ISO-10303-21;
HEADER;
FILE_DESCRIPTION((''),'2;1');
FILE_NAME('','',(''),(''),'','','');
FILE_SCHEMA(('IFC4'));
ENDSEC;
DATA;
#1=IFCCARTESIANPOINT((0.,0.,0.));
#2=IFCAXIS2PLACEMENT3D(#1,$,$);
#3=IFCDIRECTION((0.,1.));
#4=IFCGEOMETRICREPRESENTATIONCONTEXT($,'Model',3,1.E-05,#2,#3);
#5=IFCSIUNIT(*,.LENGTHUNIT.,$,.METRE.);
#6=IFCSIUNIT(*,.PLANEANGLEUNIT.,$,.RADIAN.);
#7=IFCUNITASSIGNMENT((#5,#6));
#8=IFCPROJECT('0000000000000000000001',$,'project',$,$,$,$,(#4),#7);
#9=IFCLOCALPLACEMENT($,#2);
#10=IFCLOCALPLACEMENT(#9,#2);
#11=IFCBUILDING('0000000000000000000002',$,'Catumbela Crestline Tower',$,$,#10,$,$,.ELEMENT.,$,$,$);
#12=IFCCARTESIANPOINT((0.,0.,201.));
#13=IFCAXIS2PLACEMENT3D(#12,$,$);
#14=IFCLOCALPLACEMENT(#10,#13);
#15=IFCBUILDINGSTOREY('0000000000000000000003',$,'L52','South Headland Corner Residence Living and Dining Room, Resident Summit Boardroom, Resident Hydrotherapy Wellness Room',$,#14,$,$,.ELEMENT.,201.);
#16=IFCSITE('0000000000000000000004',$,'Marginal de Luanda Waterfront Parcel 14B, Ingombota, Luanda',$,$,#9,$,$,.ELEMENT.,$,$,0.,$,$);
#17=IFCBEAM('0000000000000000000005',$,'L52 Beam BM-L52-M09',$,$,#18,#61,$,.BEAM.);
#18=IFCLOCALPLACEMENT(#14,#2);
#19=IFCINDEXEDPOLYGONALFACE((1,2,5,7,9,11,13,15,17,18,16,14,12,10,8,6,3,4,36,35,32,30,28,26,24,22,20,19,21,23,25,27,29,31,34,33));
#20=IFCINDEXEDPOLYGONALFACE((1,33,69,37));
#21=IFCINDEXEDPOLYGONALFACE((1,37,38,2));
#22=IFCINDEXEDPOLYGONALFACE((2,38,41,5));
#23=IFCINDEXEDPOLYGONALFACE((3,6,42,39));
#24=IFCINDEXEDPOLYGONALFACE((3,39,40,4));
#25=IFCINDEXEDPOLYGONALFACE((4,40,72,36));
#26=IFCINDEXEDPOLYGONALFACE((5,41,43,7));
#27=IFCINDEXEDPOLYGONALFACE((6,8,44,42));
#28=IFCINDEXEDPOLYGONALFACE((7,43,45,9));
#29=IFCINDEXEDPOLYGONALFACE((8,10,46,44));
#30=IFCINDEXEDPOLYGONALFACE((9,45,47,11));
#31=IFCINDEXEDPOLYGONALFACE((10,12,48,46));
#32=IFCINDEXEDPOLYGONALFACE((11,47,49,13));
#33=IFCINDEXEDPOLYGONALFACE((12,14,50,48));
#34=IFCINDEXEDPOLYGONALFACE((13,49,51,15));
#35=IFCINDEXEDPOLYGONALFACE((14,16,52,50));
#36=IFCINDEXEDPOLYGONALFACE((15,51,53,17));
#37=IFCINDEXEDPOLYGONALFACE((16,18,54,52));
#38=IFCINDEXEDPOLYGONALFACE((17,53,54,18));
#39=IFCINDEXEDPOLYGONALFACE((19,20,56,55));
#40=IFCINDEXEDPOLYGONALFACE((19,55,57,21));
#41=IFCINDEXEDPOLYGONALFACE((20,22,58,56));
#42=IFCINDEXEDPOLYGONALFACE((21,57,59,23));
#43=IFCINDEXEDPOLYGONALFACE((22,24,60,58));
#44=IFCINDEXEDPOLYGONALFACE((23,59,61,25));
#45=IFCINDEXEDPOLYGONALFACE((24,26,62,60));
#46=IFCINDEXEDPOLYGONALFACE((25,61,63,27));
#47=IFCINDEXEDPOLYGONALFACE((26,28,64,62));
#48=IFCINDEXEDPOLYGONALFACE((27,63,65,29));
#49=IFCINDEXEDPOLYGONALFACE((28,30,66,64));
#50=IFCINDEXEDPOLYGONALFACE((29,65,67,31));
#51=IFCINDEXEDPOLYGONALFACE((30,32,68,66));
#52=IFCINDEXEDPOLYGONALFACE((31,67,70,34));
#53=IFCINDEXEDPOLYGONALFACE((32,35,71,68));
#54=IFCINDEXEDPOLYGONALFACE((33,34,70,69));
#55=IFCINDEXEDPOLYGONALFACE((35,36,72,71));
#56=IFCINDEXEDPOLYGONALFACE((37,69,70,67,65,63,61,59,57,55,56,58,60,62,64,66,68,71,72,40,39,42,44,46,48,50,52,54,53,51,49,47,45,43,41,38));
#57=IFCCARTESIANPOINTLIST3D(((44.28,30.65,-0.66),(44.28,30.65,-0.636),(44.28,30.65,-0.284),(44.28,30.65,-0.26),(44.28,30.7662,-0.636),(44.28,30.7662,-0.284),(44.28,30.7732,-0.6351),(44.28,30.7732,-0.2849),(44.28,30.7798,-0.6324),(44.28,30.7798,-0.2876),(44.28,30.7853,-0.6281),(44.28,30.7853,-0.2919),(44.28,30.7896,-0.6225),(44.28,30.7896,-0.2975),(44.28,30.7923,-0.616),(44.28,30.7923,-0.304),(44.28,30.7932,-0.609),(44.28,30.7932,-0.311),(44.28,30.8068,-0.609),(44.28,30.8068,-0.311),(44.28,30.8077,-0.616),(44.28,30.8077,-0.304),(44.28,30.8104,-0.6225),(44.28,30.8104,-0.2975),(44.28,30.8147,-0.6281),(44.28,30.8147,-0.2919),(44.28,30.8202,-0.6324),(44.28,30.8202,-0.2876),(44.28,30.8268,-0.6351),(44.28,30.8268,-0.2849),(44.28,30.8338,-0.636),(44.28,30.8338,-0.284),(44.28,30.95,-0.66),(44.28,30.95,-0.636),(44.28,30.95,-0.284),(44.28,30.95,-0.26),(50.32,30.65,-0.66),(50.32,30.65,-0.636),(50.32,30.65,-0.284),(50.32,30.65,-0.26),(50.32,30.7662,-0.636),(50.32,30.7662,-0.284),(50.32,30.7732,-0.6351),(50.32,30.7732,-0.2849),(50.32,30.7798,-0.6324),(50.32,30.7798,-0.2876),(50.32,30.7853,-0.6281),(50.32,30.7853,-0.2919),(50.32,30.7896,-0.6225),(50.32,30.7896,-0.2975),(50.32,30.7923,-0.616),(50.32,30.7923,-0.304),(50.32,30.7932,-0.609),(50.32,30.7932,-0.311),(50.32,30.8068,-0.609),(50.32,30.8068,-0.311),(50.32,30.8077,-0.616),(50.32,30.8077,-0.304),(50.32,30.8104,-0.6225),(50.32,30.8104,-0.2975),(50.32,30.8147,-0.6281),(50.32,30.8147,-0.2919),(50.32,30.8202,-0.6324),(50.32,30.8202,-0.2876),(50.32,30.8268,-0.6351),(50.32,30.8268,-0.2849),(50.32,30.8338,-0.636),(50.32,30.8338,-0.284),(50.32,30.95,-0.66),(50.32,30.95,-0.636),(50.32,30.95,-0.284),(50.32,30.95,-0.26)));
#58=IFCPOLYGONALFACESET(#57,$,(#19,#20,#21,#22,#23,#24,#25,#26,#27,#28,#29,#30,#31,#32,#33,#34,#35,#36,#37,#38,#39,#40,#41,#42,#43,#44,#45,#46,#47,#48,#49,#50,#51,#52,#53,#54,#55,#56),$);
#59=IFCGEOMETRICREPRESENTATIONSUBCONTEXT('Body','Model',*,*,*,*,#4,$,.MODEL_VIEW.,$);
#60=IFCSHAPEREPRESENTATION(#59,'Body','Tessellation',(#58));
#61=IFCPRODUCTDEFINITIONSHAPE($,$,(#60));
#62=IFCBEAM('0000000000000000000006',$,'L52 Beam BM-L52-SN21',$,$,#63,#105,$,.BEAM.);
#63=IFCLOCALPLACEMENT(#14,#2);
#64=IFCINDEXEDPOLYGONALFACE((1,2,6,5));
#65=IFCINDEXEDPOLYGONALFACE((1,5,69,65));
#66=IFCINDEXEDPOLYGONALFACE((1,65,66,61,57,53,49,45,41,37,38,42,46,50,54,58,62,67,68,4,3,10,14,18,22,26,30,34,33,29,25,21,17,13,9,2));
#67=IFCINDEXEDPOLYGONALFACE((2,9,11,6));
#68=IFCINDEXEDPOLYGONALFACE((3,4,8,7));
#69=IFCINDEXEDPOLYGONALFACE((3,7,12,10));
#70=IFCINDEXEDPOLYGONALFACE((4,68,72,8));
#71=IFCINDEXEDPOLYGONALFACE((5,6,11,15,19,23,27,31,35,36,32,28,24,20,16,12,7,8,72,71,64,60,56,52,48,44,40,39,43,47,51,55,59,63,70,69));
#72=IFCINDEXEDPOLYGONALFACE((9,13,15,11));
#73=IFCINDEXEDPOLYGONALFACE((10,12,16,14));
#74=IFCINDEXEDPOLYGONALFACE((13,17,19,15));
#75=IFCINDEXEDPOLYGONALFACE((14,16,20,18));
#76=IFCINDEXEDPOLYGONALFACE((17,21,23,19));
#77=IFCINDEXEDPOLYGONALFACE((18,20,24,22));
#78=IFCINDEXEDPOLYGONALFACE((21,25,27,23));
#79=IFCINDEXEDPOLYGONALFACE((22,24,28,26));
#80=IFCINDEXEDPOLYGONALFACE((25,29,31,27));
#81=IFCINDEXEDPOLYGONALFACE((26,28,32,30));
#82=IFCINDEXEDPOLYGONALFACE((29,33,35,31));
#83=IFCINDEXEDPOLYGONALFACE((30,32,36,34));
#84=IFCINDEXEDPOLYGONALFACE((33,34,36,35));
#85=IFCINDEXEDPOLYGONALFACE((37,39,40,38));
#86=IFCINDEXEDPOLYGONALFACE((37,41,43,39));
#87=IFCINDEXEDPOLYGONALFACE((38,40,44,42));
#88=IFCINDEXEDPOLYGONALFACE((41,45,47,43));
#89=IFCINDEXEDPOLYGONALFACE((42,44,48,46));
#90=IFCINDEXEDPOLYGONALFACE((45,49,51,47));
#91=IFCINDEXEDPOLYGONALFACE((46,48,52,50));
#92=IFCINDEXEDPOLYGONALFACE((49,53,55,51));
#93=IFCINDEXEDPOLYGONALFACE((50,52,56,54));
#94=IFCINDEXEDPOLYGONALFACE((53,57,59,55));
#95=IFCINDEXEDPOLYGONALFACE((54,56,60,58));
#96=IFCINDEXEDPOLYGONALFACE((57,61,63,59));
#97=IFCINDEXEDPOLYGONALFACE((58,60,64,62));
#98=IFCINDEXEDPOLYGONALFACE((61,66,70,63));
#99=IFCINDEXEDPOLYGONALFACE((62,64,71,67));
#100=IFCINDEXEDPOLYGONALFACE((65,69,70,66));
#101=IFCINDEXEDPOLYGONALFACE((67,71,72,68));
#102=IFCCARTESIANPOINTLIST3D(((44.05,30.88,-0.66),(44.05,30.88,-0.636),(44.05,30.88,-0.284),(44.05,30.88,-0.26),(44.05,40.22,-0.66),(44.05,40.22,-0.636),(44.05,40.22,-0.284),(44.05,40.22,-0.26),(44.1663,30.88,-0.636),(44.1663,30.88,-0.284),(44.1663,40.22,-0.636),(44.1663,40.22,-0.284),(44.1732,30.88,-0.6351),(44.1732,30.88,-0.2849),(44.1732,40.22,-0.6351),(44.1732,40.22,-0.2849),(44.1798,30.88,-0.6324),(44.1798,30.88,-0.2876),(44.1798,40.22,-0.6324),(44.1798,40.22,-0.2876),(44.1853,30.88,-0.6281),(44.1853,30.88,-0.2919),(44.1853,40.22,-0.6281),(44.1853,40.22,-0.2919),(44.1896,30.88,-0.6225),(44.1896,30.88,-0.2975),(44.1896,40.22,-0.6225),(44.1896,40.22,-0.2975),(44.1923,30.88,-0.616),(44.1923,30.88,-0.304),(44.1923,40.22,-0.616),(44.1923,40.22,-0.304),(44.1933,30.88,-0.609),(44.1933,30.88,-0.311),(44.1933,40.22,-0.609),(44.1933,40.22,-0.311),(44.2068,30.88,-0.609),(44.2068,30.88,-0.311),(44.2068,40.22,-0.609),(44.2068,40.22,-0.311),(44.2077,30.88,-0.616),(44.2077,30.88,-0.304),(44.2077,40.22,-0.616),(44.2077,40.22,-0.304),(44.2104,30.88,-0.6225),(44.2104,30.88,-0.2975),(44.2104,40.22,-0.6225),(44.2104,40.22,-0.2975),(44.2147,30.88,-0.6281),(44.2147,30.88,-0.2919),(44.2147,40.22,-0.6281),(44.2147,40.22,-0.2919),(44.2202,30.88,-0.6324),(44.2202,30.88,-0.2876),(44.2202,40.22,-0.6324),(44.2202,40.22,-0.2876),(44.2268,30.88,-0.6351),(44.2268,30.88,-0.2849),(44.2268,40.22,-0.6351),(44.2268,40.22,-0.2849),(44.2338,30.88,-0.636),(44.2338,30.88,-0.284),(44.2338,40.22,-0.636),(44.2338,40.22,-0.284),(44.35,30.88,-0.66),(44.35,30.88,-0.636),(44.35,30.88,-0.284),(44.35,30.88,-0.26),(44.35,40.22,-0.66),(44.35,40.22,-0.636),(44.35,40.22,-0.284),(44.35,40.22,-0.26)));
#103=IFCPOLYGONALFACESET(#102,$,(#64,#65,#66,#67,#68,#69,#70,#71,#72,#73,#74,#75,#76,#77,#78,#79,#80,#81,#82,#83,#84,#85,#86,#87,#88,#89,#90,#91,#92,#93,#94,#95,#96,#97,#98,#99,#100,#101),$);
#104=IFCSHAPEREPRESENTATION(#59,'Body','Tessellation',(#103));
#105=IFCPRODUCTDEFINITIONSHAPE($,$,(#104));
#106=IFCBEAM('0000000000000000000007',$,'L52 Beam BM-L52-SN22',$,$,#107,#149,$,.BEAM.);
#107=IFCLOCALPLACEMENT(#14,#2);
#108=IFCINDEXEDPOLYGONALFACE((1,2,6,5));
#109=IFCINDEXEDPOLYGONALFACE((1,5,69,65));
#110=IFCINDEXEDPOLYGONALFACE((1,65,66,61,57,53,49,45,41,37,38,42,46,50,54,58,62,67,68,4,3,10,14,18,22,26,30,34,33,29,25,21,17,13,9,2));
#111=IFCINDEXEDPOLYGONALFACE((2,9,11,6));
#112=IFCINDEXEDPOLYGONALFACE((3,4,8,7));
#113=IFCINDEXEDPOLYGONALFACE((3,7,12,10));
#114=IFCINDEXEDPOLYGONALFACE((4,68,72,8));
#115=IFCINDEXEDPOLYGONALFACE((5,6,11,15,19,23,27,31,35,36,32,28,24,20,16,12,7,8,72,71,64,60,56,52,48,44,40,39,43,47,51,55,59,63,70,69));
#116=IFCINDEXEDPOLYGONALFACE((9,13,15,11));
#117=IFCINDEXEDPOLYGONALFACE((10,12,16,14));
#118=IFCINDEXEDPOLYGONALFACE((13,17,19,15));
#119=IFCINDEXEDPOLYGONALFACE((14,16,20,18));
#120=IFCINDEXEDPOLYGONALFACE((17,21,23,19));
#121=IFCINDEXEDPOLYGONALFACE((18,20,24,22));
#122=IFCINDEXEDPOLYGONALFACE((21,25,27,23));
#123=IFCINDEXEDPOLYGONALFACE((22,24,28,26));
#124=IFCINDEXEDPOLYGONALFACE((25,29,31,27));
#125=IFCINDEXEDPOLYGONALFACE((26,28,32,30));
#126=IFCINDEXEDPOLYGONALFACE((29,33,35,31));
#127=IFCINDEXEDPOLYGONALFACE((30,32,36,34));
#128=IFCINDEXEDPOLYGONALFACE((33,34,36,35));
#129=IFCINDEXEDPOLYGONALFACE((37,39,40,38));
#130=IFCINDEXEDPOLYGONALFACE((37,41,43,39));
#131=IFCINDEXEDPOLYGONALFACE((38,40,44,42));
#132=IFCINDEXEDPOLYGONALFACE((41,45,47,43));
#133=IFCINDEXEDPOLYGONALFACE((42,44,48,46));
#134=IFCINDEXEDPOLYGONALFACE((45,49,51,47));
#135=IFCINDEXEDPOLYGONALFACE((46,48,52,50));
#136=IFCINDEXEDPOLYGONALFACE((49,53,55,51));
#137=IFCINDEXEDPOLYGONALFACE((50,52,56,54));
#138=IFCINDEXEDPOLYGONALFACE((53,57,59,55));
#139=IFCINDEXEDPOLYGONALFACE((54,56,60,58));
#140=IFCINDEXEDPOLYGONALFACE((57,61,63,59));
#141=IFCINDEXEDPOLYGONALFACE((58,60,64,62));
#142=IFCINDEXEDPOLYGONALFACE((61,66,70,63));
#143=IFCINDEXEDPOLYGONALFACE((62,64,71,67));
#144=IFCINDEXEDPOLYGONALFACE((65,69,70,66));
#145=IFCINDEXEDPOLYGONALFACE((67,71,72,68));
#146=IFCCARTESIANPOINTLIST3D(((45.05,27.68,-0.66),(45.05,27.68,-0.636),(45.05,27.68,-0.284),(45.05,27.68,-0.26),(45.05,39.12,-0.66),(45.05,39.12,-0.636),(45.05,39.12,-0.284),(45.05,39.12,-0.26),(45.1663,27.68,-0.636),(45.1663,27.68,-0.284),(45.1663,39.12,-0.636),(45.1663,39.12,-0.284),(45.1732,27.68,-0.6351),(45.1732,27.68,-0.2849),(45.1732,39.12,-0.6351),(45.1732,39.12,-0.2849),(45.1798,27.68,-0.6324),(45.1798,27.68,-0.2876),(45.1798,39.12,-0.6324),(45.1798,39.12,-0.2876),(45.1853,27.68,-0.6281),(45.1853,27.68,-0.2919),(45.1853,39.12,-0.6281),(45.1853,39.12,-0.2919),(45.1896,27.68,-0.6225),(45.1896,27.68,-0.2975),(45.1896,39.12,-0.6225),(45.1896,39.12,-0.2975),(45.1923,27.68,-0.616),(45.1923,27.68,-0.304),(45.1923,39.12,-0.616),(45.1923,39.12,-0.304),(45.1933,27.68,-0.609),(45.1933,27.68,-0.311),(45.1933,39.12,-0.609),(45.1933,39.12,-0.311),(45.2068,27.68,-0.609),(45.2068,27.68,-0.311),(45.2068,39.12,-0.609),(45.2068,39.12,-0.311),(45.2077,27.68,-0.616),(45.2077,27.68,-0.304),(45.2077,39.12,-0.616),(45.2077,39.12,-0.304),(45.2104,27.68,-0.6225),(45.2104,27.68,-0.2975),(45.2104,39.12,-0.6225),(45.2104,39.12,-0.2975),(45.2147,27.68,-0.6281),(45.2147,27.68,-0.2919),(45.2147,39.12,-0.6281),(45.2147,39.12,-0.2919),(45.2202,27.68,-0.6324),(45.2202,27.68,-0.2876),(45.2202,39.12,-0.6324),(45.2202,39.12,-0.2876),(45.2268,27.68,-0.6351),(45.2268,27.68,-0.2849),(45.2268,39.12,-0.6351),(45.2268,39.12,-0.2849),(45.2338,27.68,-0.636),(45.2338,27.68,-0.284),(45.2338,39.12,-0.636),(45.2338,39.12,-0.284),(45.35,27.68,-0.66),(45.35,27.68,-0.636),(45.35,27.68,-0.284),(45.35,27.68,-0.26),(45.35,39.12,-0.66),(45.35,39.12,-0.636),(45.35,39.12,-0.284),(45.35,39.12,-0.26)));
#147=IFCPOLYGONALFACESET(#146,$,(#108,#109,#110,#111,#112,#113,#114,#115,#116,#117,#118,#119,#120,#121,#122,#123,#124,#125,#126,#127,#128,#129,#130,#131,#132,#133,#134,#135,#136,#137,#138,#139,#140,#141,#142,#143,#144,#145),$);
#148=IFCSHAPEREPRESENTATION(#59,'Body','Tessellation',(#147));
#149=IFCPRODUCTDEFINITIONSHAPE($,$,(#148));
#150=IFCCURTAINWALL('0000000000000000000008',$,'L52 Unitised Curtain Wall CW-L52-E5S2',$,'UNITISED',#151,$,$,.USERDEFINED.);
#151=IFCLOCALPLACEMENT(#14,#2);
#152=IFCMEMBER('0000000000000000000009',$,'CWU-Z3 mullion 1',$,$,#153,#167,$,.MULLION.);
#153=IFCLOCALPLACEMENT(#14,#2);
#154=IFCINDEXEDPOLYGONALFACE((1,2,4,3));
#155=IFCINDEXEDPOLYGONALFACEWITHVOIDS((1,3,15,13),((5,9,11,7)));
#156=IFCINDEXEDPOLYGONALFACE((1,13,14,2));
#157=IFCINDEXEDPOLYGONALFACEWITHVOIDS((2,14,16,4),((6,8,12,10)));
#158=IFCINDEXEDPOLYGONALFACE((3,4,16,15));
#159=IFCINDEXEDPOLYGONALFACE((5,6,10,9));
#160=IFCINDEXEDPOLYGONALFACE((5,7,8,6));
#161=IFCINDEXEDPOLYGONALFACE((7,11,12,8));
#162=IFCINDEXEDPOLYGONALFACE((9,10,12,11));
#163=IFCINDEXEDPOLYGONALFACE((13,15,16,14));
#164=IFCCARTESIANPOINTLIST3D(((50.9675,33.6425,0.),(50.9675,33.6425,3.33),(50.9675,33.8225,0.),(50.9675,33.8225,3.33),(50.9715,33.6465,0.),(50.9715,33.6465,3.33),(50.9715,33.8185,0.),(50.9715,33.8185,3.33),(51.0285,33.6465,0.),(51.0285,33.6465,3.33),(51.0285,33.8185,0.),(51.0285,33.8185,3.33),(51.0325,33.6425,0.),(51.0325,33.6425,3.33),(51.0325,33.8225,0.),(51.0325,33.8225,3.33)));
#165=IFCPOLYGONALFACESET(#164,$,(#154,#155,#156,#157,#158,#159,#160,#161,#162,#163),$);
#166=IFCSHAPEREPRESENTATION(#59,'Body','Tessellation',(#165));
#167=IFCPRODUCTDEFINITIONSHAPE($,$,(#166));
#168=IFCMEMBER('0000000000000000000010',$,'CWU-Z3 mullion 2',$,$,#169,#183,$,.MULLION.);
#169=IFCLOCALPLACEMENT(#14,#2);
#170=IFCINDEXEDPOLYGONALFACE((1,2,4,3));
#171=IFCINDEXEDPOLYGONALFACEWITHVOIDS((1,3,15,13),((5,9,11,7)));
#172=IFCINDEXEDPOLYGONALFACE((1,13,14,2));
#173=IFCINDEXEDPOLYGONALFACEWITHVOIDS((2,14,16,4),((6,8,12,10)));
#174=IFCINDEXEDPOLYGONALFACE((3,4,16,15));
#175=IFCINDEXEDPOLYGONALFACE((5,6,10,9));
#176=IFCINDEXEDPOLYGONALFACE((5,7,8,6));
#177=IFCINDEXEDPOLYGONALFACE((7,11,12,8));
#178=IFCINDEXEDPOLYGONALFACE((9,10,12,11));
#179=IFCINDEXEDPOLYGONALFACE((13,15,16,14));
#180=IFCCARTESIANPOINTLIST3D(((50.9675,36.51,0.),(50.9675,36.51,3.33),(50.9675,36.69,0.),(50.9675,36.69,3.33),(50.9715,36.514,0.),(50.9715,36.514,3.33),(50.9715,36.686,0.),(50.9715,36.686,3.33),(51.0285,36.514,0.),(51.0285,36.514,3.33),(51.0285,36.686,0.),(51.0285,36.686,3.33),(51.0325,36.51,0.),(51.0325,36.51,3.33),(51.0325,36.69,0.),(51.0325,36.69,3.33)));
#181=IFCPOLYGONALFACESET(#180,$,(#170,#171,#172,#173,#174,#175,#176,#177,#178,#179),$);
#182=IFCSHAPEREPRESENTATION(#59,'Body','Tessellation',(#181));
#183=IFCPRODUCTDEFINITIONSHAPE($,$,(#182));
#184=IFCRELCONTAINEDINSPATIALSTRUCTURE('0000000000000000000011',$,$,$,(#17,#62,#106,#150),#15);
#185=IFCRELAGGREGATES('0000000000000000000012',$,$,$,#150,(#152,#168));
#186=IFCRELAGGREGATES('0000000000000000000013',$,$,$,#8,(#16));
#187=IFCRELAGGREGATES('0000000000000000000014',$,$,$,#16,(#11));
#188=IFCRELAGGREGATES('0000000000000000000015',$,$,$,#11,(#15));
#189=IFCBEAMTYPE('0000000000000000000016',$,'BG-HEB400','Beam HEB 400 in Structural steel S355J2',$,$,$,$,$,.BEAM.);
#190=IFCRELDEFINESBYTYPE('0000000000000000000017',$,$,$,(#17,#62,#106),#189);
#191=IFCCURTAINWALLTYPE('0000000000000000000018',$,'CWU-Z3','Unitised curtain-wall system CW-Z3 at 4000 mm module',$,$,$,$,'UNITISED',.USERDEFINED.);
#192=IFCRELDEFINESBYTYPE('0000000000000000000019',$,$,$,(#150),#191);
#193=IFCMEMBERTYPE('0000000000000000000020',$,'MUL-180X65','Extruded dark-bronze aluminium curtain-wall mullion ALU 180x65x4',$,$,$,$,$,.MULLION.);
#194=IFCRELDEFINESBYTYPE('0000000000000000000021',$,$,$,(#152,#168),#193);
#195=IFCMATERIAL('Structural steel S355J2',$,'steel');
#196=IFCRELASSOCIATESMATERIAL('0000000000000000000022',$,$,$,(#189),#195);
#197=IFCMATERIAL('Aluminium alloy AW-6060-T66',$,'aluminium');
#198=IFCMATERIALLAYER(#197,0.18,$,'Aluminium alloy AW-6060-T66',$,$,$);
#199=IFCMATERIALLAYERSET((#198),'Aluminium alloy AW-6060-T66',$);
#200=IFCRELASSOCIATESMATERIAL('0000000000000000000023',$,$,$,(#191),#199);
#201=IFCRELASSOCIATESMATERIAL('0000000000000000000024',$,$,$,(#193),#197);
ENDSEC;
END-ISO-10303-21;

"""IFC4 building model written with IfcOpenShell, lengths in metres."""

from ifc_helpers import new_model, si_unit, direction, frame, origin, origin_2d, place, context, subcontext, project, spatial, hollow_rectangle, i_section, extrude, material, layer, layer_set, material_profile, profile_set, type_object, element, aggregate, save


model = new_model("IFC4")

# Units and contexts
model_context = context("Model", 3, precision=1e-05, world=origin(), true_north=direction((0.0, 1.0)))
body_context = subcontext(model_context, "Body", "Model", "MODEL_VIEW")
ifc_project = project(units=[si_unit("LENGTHUNIT", "METRE"), si_unit("PLANEANGLEUNIT", "RADIAN")], contexts=[model_context])

# Site, building, storey
site_placement = place(None, origin())
site = spatial("IfcSite", under=ifc_project, at=site_placement, Name="Marginal de Luanda Waterfront Parcel 14B, Ingombota, Luanda", CompositionType="ELEMENT", RefElevation=0.0)
building_placement = place(site_placement, origin())
building = spatial("IfcBuilding", under=site, at=building_placement, Name="Catumbela Crestline Tower", CompositionType="ELEMENT")
storey_placement = place(building_placement, frame((0.0, 0.0, 201.0)))
storey = spatial("IfcBuildingStorey", under=building, at=storey_placement, Name="L52", Description="South Headland Corner Residence Living and Dining Room, Resident Summit Boardroom, Resident Hydrotherapy Wellness Room", CompositionType="ELEMENT", Elevation=201.0)

# Shared definitions
ifc_material_1 = material(Name="Structural steel S355J2", Category="steel")

# Beams
ifc_material_profile_1 = material_profile(ifc_material_1, i_section(OverallWidth=0.3, OverallDepth=0.4, WebThickness=0.0135, FlangeThickness=0.024, FilletRadius=0.027, at=origin_2d()), Name="HEB 400")
ifc_profile_set_1 = profile_set([ifc_material_profile_1], Name="Structural steel S355J2")
beam_type_1 = type_object("IfcBeamType", Name="BG-HEB400", Description="Beam HEB 400 in Structural steel S355J2", PredefinedType="BEAM", material=ifc_profile_set_1)
beam_1_placement = place(storey_placement, frame((44.28, 30.8, -0.46), z_axis=(1.0, 0.0, 0.0), x_axis=(0.0, 1.0, 0.0)))
element("IfcBeam", 1, at=beam_1_placement, inside=storey, type_object=beam_type_1, Name="L52 Beam BM-L52-M09", PredefinedType="BEAM", context=body_context, shape_type="SweptSolid", body=[
    extrude(i_section(OverallWidth=0.3, OverallDepth=0.4, WebThickness=0.0135, FlangeThickness=0.024, FilletRadius=0.027, at=origin_2d()), origin(), (0.0, 0.0, 1.0), 6.04),
])
beam_2_placement = place(storey_placement, frame((44.2, 30.88, -0.46), z_axis=(0.0, 1.0, 0.0), x_axis=(-1.0, 0.0, 0.0)))
element("IfcBeam", 2, at=beam_2_placement, inside=storey, type_object=beam_type_1, Name="L52 Beam BM-L52-SN21", PredefinedType="BEAM", context=body_context, shape_type="SweptSolid", body=[
    extrude(i_section(OverallWidth=0.3, OverallDepth=0.4, WebThickness=0.0135, FlangeThickness=0.024, FilletRadius=0.027, at=origin_2d()), origin(), (0.0, 0.0, 1.0), 9.34),
])
beam_3_placement = place(storey_placement, frame((45.2, 27.68, -0.46), z_axis=(0.0, 1.0, 0.0), x_axis=(-1.0, 0.0, 0.0)))
element("IfcBeam", 3, at=beam_3_placement, inside=storey, type_object=beam_type_1, Name="L52 Beam BM-L52-SN22", PredefinedType="BEAM", context=body_context, shape_type="SweptSolid", body=[
    extrude(i_section(OverallWidth=0.3, OverallDepth=0.4, WebThickness=0.0135, FlangeThickness=0.024, FilletRadius=0.027, at=origin_2d()), origin(), (0.0, 0.0, 1.0), 11.44),
])

# Curtain wall, members
ifc_material_2 = material(Name="Aluminium alloy AW-6060-T66", Category="aluminium")
ifc_layer_1 = layer(ifc_material_2, 0.18, Name="Aluminium alloy AW-6060-T66")
ifc_layer_set_1 = layer_set([ifc_layer_1], Name="Aluminium alloy AW-6060-T66")
curtain_wall_type = type_object("IfcCurtainWallType", Name="CWU-Z3", Description="Unitised curtain-wall system CW-Z3 at 4000 mm module", ElementType="UNITISED", PredefinedType="USERDEFINED", material=ifc_layer_set_1)
curtain_wall_placement = place(storey_placement, origin())
curtain_wall = element("IfcCurtainWall", 4, at=curtain_wall_placement, inside=storey, type_object=curtain_wall_type, Name="L52 Unitised Curtain Wall CW-L52-E5S2", ObjectType="UNITISED", PredefinedType="USERDEFINED")
ifc_material_profile_2 = material_profile(ifc_material_2, hollow_rectangle(XDim=0.065, YDim=0.18, WallThickness=0.004, at=origin_2d()), Name="ALU 180x65x4")
ifc_profile_set_2 = profile_set([ifc_material_profile_2], Name="Aluminium alloy AW-6060-T66")
member_type_1 = type_object("IfcMemberType", Name="MUL-180X65", Description="Extruded dark-bronze aluminium curtain-wall mullion ALU 180x65x4", PredefinedType="MULLION", material=ifc_profile_set_2)
member_1_placement = place(storey_placement, frame((51.0, 33.7325, 0.0), z_axis=(0.0, 0.0, 1.0), x_axis=(-1.0, 0.0, 0.0)))
member_1 = element("IfcMember", 5, at=member_1_placement, type_object=member_type_1, Name="CWU-Z3 mullion 1", PredefinedType="MULLION", context=body_context, shape_type="SweptSolid", body=[
    extrude(hollow_rectangle(XDim=0.065, YDim=0.18, WallThickness=0.004, at=origin_2d()), origin(), (0.0, 0.0, 1.0), 3.33),
])
member_2_placement = place(storey_placement, frame((51.0, 36.6, 0.0), z_axis=(0.0, 0.0, 1.0), x_axis=(-1.0, 0.0, 0.0)))
member_2 = element("IfcMember", 6, at=member_2_placement, type_object=member_type_1, Name="CWU-Z3 mullion 2", PredefinedType="MULLION", context=body_context, shape_type="SweptSolid", body=[
    extrude(hollow_rectangle(XDim=0.065, YDim=0.18, WallThickness=0.004, at=origin_2d()), origin(), (0.0, 0.0, 1.0), 3.33),
])

aggregate(curtain_wall, [member_1, member_2])

save(model, "model.ifc")
